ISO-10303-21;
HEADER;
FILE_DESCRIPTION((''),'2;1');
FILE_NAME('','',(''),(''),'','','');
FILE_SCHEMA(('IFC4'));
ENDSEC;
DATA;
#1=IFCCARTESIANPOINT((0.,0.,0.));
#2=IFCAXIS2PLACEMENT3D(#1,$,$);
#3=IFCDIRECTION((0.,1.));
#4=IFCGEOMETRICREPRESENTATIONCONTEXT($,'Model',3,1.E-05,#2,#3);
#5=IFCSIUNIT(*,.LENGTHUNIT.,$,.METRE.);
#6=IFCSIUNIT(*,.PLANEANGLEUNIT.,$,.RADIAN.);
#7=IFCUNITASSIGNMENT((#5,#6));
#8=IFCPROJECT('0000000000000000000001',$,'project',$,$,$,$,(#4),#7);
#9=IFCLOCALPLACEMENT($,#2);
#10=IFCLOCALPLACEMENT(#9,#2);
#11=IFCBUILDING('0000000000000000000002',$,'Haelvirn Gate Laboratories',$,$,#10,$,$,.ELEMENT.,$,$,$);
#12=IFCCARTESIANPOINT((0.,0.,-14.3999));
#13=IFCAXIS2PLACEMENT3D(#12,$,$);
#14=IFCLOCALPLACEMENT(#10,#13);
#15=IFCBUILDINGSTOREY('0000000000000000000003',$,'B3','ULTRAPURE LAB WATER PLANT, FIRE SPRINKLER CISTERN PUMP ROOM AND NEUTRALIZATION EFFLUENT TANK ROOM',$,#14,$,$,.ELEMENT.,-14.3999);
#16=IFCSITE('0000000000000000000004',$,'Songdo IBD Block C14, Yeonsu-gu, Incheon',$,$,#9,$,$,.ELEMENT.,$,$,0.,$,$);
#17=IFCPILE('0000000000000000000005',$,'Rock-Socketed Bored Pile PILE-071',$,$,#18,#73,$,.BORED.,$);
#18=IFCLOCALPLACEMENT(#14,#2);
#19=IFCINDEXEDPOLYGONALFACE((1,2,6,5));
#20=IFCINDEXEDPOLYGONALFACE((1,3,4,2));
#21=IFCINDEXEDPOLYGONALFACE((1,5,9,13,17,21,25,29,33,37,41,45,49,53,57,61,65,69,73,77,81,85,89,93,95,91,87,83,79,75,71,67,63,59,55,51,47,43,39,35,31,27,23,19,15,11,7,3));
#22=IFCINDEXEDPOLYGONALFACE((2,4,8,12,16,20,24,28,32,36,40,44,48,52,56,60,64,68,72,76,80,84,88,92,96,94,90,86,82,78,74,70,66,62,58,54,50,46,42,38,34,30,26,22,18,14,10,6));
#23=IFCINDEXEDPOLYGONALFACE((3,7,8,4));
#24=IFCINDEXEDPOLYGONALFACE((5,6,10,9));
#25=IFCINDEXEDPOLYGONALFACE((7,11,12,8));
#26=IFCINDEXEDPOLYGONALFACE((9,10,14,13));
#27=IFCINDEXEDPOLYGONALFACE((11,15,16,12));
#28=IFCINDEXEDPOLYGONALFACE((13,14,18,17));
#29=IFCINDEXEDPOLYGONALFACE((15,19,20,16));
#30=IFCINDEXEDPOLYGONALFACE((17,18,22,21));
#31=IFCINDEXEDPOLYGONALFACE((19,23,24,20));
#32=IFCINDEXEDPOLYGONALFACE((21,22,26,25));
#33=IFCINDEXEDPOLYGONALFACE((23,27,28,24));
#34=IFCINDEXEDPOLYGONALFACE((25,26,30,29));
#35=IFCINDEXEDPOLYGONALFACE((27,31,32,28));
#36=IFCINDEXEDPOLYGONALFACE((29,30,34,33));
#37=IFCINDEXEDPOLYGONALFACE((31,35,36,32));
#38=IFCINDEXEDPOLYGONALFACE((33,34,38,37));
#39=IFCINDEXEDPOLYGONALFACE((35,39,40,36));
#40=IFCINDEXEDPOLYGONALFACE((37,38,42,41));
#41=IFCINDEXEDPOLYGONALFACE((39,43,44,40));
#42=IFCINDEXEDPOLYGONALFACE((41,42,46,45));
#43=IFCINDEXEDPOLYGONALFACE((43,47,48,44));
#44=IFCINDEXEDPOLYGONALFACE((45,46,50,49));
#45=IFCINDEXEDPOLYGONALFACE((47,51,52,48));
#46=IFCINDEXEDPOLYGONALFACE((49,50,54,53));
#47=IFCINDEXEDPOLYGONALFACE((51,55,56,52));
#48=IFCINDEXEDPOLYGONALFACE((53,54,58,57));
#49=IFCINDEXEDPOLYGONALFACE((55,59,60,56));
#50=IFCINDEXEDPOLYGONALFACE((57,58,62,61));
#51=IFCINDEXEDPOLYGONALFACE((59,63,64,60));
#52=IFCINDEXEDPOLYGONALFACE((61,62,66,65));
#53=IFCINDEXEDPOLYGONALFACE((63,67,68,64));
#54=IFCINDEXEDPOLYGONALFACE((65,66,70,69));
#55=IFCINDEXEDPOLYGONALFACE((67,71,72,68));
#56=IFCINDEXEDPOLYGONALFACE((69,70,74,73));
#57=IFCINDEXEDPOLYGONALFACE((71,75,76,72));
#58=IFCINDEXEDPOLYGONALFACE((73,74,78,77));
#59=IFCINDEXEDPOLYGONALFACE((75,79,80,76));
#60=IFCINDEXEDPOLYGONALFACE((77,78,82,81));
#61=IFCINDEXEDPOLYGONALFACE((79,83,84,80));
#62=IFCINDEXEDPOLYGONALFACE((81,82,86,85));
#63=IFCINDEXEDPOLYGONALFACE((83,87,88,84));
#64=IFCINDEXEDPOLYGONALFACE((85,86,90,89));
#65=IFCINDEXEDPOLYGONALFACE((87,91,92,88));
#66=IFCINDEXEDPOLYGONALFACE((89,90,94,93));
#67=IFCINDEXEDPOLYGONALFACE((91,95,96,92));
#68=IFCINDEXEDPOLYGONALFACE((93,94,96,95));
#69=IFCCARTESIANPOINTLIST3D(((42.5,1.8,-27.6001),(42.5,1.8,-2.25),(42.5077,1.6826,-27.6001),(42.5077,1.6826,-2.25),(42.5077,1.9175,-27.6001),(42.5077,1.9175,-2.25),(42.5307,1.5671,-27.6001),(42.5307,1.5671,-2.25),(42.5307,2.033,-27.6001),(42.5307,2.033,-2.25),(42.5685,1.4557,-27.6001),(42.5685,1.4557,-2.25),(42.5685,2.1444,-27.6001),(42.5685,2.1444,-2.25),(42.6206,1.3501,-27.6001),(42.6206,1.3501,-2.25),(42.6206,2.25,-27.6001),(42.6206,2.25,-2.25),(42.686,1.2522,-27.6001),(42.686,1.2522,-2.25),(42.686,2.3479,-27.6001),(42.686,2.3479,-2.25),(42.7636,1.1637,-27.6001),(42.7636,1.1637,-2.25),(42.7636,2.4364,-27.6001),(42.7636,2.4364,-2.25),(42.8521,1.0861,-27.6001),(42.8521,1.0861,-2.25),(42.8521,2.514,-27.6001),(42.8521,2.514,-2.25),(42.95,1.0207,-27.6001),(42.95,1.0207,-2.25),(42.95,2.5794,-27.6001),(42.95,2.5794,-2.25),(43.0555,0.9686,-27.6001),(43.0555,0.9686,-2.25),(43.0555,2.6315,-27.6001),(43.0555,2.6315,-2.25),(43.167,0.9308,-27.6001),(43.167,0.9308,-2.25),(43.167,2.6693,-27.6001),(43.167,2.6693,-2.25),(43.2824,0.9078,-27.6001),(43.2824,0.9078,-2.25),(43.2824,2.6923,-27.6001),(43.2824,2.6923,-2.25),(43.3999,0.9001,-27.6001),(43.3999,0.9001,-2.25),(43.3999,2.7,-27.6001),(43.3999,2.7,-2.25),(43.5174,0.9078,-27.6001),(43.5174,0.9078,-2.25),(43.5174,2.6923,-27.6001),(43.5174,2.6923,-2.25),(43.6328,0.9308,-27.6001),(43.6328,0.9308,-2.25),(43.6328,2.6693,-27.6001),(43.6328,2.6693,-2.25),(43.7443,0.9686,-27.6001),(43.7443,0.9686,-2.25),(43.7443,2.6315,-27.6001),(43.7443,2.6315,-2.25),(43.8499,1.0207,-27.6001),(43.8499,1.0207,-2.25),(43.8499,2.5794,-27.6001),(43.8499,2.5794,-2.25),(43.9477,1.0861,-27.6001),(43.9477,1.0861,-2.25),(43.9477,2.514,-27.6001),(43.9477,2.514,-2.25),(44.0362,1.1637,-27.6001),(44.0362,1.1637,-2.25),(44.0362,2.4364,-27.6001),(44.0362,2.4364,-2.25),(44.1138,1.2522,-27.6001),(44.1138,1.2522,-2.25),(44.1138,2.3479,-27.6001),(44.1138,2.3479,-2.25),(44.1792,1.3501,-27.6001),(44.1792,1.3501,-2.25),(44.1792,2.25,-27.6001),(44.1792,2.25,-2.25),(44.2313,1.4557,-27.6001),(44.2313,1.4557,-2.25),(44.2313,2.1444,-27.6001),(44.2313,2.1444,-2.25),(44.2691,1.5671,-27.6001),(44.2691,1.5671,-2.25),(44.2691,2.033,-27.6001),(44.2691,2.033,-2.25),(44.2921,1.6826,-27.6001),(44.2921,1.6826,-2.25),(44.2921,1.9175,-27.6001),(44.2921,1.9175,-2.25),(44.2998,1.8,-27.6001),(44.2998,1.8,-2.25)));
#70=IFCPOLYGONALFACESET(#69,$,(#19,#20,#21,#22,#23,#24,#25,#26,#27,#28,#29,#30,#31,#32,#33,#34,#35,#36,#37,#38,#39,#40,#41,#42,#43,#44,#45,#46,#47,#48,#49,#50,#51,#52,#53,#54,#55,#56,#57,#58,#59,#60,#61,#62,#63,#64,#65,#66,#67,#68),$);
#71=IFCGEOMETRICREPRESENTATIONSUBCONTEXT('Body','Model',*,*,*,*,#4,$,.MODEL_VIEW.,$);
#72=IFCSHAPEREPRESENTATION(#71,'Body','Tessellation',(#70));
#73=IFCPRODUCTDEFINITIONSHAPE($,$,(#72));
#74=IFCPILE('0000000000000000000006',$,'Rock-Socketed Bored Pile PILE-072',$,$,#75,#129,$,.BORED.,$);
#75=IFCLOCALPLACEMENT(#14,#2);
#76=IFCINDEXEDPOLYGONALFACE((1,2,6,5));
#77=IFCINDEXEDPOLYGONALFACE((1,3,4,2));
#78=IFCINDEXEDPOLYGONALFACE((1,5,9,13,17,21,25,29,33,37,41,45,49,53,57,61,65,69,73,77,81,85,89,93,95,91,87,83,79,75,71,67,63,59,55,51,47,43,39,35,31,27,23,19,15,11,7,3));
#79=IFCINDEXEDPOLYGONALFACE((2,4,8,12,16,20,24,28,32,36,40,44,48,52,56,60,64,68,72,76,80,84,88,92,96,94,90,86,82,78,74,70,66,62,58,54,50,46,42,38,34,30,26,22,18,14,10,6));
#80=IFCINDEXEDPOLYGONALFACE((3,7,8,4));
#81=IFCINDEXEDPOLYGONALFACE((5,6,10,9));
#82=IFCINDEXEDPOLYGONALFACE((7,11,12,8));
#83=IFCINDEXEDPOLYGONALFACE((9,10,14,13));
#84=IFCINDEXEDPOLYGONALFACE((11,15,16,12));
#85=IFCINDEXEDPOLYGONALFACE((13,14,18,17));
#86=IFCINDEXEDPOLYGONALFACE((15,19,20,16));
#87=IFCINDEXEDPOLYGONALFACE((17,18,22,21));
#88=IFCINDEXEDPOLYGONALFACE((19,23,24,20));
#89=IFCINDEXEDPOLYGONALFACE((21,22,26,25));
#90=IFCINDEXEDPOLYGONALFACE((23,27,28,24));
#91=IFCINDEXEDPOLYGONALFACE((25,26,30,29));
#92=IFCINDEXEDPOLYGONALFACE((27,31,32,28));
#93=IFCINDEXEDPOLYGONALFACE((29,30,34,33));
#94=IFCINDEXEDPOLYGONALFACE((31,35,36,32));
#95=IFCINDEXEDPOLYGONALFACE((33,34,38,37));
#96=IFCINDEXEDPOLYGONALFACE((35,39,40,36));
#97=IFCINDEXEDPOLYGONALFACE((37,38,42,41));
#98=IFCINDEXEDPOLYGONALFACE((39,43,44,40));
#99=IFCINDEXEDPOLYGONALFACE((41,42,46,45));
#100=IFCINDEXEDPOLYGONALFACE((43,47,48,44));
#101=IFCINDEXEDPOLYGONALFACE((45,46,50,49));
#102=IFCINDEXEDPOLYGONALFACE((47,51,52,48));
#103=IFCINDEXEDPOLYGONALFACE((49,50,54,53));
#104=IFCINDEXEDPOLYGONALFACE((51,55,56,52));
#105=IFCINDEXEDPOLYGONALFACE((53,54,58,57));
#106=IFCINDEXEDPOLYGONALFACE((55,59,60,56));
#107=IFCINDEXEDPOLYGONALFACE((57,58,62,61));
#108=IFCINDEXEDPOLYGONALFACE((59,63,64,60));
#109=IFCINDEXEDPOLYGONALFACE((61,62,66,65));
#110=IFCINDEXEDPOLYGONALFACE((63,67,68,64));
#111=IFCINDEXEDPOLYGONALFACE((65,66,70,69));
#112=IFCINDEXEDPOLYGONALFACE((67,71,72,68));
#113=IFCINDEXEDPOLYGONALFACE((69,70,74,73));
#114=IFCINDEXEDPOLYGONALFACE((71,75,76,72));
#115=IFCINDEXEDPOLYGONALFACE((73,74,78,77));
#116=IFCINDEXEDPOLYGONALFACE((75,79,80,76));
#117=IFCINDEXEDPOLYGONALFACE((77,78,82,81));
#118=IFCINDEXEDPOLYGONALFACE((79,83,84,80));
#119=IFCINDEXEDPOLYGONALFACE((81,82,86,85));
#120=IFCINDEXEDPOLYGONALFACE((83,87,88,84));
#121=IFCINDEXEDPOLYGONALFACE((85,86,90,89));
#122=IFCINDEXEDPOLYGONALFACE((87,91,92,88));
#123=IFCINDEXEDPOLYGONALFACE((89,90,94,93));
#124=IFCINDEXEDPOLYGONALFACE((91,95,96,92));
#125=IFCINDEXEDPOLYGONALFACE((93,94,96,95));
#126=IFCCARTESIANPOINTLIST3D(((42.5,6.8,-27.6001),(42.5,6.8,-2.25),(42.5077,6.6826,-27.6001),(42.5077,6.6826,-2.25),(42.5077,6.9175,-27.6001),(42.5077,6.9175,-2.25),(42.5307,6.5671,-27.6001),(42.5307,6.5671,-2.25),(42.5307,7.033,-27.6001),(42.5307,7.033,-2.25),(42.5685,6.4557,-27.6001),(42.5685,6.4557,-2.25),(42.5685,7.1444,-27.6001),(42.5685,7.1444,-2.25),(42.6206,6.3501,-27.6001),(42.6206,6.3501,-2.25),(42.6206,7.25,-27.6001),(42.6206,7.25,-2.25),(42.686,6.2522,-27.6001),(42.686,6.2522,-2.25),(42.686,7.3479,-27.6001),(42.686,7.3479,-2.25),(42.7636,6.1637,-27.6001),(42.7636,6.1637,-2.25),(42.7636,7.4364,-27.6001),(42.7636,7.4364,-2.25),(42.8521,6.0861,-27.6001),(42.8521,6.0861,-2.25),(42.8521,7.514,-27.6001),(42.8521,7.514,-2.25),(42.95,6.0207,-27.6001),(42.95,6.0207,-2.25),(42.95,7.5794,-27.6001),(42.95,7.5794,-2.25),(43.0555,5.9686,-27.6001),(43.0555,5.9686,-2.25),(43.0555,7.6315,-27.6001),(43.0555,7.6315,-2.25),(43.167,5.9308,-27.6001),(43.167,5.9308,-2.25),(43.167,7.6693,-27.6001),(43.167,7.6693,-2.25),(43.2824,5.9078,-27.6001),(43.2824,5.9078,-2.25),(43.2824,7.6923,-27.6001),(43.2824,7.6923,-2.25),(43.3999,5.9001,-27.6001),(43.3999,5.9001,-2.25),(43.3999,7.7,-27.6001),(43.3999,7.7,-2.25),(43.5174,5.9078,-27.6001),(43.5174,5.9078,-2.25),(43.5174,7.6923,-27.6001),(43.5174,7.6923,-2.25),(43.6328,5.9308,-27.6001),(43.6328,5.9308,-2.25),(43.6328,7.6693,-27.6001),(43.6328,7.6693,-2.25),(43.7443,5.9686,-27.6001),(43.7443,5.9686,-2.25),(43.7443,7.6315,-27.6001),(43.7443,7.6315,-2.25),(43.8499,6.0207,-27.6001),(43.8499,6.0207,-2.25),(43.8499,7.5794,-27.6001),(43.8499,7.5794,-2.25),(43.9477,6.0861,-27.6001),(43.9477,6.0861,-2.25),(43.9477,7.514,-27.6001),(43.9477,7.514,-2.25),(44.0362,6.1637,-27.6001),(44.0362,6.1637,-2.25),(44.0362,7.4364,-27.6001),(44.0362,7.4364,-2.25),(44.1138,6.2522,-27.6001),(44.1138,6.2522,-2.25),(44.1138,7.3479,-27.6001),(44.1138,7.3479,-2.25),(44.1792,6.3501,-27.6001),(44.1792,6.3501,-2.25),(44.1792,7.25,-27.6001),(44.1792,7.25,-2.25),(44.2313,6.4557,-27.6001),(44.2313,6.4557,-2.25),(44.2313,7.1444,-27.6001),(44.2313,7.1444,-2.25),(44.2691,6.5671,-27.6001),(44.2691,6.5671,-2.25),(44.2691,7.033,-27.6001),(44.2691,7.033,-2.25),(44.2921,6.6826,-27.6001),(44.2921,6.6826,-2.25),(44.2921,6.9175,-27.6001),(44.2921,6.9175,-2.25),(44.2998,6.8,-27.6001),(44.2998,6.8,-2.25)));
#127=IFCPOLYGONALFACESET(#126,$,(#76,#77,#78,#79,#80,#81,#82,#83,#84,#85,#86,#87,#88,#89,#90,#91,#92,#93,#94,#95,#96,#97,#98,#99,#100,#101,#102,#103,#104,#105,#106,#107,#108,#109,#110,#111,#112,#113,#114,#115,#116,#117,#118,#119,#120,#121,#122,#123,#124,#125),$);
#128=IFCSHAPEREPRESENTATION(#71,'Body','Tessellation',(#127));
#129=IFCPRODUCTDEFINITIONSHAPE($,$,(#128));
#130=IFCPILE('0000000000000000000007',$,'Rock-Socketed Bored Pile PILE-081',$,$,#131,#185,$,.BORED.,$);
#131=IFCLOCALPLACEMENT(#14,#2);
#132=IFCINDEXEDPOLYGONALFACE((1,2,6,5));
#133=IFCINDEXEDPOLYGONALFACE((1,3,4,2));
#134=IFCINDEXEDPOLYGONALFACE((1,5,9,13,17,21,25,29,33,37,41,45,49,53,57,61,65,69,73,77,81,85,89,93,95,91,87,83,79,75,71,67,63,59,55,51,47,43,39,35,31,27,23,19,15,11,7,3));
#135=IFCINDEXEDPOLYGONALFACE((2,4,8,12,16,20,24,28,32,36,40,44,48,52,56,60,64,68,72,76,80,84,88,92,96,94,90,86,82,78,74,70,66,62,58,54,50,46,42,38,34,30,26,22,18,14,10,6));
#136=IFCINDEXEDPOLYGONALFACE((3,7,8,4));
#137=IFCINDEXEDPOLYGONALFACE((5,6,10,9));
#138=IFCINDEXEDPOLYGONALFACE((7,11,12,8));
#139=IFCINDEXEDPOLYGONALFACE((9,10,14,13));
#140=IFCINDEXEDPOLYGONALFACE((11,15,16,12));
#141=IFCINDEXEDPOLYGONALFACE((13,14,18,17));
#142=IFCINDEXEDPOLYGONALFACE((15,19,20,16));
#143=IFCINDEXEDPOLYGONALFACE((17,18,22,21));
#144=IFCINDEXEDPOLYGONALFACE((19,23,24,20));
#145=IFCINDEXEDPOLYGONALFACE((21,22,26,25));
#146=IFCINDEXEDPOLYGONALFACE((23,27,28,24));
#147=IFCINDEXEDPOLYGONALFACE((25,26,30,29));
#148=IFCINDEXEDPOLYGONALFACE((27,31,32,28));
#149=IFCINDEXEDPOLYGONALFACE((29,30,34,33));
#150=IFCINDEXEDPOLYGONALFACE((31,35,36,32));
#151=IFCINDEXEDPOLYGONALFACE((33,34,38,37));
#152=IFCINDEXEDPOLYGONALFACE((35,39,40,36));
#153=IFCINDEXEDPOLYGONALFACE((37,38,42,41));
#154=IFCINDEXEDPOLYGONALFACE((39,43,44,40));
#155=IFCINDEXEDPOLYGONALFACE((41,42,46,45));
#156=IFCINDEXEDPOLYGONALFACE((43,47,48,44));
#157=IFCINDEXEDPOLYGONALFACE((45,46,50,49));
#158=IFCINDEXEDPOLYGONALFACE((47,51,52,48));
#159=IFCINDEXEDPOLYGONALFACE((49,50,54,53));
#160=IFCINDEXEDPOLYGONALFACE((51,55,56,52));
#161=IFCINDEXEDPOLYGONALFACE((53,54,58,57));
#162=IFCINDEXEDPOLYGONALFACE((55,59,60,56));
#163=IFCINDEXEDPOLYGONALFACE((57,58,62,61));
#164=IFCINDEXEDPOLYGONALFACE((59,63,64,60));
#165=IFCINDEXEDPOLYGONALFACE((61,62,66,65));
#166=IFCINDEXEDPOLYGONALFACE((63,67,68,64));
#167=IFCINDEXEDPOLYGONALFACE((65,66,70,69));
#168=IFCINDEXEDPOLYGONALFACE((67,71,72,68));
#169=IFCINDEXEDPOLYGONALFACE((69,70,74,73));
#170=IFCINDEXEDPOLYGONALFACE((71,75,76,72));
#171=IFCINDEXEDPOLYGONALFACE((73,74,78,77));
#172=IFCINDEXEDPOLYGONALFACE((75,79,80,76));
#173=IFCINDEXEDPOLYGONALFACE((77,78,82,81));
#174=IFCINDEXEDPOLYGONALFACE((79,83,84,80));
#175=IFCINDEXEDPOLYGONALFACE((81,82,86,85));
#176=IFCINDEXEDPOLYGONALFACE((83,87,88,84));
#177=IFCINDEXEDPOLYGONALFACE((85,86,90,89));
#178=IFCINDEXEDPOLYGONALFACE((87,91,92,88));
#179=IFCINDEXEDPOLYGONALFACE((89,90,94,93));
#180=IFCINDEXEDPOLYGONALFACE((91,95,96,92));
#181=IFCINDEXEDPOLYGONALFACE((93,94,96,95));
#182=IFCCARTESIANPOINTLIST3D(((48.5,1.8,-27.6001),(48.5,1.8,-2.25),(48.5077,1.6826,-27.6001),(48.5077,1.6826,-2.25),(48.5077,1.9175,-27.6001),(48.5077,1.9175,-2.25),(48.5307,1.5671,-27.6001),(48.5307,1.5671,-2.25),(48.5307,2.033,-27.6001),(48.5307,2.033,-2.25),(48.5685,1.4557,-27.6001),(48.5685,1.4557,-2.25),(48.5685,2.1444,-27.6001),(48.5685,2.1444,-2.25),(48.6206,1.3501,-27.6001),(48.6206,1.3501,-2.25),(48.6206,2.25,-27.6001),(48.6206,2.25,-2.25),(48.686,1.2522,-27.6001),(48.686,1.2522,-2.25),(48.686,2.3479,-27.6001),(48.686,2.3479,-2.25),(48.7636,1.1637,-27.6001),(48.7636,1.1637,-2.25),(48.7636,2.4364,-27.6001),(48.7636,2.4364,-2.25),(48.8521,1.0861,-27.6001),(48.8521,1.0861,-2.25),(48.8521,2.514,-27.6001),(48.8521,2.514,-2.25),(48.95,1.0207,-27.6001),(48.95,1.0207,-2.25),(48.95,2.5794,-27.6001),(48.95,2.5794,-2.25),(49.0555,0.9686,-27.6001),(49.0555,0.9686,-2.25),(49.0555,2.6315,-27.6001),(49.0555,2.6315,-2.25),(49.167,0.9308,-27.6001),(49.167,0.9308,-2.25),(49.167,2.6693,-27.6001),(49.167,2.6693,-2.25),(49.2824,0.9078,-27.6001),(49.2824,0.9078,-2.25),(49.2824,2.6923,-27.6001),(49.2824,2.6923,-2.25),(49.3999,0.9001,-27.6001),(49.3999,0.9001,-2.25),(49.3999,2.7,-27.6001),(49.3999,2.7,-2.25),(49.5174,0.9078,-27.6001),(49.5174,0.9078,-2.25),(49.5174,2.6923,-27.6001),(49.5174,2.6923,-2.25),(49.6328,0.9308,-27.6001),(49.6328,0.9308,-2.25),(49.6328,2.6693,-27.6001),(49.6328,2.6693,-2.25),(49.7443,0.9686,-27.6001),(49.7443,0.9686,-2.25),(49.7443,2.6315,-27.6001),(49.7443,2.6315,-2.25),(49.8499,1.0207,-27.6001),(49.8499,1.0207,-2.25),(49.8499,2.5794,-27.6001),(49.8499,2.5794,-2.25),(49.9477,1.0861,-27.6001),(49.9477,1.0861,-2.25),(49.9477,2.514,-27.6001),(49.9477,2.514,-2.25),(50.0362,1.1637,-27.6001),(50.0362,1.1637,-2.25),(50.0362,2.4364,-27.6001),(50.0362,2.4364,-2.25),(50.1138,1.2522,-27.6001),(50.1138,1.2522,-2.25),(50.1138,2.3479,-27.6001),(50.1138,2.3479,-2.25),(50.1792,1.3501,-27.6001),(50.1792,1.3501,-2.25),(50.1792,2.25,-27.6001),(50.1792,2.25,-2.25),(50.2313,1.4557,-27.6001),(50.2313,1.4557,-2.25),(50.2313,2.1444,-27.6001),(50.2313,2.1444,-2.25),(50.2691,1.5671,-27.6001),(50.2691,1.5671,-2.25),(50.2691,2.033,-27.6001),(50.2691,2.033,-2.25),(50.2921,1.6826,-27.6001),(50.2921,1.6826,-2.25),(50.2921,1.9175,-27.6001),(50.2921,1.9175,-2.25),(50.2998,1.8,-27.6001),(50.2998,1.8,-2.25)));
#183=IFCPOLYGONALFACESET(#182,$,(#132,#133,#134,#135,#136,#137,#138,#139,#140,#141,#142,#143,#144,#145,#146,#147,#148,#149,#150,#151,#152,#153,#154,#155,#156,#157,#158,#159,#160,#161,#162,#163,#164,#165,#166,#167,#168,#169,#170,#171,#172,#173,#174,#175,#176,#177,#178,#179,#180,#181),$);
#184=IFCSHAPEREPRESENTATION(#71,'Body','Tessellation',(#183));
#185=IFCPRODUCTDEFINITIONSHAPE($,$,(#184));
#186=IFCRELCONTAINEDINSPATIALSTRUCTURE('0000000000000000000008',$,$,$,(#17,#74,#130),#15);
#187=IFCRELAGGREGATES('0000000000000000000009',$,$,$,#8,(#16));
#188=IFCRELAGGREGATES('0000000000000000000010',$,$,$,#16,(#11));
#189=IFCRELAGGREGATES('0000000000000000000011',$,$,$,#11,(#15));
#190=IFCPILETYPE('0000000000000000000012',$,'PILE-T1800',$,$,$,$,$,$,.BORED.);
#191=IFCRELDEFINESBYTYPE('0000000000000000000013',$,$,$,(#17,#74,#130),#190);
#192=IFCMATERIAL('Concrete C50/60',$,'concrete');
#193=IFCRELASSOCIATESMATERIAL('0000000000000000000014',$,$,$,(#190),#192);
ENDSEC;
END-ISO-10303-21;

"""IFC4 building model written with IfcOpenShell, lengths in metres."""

from ifc_helpers import new_model, si_unit, direction, frame, origin, origin_2d, place, context, subcontext, project, spatial, circle, extrude, source, transform, mapped, material, material_profile, profile_set, type_object, element, save


model = new_model("IFC4")

# Units and contexts
model_context = context("Model", 3, precision=1e-05, world=origin(), true_north=direction((0.0, 1.0)))
body_context = subcontext(model_context, "Body", "Model", "MODEL_VIEW")
ifc_project = project(units=[si_unit("LENGTHUNIT", "METRE"), si_unit("PLANEANGLEUNIT", "RADIAN")], contexts=[model_context])

# Site, building, storey
site_placement = place(None, origin())
site = spatial("IfcSite", under=ifc_project, at=site_placement, Name="Songdo IBD Block C14, Yeonsu-gu, Incheon", CompositionType="ELEMENT", RefElevation=0.0)
building_placement = place(site_placement, origin())
building = spatial("IfcBuilding", under=site, at=building_placement, Name="Haelvirn Gate Laboratories", CompositionType="ELEMENT")
storey_placement = place(building_placement, frame((0.0, 0.0, -14.3999)))
storey = spatial("IfcBuildingStorey", under=building, at=storey_placement, Name="B3", Description="ULTRAPURE LAB WATER PLANT, FIRE SPRINKLER CISTERN PUMP ROOM AND NEUTRALIZATION EFFLUENT TANK ROOM", CompositionType="ELEMENT", Elevation=-14.3999)

# Piles
ifc_material_1 = material(Name="Concrete C50/60", Category="concrete")
ifc_material_profile_1 = material_profile(ifc_material_1, circle(Radius=0.8999, at=origin_2d()), Name="PILE-D1800")
ifc_profile_set_1 = profile_set([ifc_material_profile_1], Name="Concrete C50/60")
pile_type = type_object("IfcPileType", Name="PILE-T1800", PredefinedType="BORED", material=ifc_profile_set_1)
shared_shape_1 = source(origin(), body_context, "Body", "SweptSolid", [
    extrude(circle(Radius=0.8999, at=origin_2d()), origin(), (0.0, 0.0, 1.0), 25.3501),
])
for number, where, z_axis, x_axis, name in (
    (1, (43.3999, 1.8, -2.25), (0.0, 0.0, -1.0), (1.0, 0.0, 0.0), "Rock-Socketed Bored Pile PILE-071"),
    (2, (43.3999, 6.8, -2.25), (0.0, 0.0, -1.0), (1.0, 0.0, 0.0), "Rock-Socketed Bored Pile PILE-072"),
    (3, (49.3999, 1.8, -2.25), (0.0, 0.0, -1.0), (1.0, 0.0, 0.0), "Rock-Socketed Bored Pile PILE-081"),
):
    element("IfcPile", number, at=place(storey_placement, frame(where, z_axis=z_axis, x_axis=x_axis)), inside=storey, type_object=pile_type, Name=name, PredefinedType="BORED", context=body_context, shape_type="MappedRepresentation", body=[
        mapped(shared_shape_1, transform((0.0, 0.0, 0.0), scale=1.0)),
    ])

save(model, "model.ifc")
